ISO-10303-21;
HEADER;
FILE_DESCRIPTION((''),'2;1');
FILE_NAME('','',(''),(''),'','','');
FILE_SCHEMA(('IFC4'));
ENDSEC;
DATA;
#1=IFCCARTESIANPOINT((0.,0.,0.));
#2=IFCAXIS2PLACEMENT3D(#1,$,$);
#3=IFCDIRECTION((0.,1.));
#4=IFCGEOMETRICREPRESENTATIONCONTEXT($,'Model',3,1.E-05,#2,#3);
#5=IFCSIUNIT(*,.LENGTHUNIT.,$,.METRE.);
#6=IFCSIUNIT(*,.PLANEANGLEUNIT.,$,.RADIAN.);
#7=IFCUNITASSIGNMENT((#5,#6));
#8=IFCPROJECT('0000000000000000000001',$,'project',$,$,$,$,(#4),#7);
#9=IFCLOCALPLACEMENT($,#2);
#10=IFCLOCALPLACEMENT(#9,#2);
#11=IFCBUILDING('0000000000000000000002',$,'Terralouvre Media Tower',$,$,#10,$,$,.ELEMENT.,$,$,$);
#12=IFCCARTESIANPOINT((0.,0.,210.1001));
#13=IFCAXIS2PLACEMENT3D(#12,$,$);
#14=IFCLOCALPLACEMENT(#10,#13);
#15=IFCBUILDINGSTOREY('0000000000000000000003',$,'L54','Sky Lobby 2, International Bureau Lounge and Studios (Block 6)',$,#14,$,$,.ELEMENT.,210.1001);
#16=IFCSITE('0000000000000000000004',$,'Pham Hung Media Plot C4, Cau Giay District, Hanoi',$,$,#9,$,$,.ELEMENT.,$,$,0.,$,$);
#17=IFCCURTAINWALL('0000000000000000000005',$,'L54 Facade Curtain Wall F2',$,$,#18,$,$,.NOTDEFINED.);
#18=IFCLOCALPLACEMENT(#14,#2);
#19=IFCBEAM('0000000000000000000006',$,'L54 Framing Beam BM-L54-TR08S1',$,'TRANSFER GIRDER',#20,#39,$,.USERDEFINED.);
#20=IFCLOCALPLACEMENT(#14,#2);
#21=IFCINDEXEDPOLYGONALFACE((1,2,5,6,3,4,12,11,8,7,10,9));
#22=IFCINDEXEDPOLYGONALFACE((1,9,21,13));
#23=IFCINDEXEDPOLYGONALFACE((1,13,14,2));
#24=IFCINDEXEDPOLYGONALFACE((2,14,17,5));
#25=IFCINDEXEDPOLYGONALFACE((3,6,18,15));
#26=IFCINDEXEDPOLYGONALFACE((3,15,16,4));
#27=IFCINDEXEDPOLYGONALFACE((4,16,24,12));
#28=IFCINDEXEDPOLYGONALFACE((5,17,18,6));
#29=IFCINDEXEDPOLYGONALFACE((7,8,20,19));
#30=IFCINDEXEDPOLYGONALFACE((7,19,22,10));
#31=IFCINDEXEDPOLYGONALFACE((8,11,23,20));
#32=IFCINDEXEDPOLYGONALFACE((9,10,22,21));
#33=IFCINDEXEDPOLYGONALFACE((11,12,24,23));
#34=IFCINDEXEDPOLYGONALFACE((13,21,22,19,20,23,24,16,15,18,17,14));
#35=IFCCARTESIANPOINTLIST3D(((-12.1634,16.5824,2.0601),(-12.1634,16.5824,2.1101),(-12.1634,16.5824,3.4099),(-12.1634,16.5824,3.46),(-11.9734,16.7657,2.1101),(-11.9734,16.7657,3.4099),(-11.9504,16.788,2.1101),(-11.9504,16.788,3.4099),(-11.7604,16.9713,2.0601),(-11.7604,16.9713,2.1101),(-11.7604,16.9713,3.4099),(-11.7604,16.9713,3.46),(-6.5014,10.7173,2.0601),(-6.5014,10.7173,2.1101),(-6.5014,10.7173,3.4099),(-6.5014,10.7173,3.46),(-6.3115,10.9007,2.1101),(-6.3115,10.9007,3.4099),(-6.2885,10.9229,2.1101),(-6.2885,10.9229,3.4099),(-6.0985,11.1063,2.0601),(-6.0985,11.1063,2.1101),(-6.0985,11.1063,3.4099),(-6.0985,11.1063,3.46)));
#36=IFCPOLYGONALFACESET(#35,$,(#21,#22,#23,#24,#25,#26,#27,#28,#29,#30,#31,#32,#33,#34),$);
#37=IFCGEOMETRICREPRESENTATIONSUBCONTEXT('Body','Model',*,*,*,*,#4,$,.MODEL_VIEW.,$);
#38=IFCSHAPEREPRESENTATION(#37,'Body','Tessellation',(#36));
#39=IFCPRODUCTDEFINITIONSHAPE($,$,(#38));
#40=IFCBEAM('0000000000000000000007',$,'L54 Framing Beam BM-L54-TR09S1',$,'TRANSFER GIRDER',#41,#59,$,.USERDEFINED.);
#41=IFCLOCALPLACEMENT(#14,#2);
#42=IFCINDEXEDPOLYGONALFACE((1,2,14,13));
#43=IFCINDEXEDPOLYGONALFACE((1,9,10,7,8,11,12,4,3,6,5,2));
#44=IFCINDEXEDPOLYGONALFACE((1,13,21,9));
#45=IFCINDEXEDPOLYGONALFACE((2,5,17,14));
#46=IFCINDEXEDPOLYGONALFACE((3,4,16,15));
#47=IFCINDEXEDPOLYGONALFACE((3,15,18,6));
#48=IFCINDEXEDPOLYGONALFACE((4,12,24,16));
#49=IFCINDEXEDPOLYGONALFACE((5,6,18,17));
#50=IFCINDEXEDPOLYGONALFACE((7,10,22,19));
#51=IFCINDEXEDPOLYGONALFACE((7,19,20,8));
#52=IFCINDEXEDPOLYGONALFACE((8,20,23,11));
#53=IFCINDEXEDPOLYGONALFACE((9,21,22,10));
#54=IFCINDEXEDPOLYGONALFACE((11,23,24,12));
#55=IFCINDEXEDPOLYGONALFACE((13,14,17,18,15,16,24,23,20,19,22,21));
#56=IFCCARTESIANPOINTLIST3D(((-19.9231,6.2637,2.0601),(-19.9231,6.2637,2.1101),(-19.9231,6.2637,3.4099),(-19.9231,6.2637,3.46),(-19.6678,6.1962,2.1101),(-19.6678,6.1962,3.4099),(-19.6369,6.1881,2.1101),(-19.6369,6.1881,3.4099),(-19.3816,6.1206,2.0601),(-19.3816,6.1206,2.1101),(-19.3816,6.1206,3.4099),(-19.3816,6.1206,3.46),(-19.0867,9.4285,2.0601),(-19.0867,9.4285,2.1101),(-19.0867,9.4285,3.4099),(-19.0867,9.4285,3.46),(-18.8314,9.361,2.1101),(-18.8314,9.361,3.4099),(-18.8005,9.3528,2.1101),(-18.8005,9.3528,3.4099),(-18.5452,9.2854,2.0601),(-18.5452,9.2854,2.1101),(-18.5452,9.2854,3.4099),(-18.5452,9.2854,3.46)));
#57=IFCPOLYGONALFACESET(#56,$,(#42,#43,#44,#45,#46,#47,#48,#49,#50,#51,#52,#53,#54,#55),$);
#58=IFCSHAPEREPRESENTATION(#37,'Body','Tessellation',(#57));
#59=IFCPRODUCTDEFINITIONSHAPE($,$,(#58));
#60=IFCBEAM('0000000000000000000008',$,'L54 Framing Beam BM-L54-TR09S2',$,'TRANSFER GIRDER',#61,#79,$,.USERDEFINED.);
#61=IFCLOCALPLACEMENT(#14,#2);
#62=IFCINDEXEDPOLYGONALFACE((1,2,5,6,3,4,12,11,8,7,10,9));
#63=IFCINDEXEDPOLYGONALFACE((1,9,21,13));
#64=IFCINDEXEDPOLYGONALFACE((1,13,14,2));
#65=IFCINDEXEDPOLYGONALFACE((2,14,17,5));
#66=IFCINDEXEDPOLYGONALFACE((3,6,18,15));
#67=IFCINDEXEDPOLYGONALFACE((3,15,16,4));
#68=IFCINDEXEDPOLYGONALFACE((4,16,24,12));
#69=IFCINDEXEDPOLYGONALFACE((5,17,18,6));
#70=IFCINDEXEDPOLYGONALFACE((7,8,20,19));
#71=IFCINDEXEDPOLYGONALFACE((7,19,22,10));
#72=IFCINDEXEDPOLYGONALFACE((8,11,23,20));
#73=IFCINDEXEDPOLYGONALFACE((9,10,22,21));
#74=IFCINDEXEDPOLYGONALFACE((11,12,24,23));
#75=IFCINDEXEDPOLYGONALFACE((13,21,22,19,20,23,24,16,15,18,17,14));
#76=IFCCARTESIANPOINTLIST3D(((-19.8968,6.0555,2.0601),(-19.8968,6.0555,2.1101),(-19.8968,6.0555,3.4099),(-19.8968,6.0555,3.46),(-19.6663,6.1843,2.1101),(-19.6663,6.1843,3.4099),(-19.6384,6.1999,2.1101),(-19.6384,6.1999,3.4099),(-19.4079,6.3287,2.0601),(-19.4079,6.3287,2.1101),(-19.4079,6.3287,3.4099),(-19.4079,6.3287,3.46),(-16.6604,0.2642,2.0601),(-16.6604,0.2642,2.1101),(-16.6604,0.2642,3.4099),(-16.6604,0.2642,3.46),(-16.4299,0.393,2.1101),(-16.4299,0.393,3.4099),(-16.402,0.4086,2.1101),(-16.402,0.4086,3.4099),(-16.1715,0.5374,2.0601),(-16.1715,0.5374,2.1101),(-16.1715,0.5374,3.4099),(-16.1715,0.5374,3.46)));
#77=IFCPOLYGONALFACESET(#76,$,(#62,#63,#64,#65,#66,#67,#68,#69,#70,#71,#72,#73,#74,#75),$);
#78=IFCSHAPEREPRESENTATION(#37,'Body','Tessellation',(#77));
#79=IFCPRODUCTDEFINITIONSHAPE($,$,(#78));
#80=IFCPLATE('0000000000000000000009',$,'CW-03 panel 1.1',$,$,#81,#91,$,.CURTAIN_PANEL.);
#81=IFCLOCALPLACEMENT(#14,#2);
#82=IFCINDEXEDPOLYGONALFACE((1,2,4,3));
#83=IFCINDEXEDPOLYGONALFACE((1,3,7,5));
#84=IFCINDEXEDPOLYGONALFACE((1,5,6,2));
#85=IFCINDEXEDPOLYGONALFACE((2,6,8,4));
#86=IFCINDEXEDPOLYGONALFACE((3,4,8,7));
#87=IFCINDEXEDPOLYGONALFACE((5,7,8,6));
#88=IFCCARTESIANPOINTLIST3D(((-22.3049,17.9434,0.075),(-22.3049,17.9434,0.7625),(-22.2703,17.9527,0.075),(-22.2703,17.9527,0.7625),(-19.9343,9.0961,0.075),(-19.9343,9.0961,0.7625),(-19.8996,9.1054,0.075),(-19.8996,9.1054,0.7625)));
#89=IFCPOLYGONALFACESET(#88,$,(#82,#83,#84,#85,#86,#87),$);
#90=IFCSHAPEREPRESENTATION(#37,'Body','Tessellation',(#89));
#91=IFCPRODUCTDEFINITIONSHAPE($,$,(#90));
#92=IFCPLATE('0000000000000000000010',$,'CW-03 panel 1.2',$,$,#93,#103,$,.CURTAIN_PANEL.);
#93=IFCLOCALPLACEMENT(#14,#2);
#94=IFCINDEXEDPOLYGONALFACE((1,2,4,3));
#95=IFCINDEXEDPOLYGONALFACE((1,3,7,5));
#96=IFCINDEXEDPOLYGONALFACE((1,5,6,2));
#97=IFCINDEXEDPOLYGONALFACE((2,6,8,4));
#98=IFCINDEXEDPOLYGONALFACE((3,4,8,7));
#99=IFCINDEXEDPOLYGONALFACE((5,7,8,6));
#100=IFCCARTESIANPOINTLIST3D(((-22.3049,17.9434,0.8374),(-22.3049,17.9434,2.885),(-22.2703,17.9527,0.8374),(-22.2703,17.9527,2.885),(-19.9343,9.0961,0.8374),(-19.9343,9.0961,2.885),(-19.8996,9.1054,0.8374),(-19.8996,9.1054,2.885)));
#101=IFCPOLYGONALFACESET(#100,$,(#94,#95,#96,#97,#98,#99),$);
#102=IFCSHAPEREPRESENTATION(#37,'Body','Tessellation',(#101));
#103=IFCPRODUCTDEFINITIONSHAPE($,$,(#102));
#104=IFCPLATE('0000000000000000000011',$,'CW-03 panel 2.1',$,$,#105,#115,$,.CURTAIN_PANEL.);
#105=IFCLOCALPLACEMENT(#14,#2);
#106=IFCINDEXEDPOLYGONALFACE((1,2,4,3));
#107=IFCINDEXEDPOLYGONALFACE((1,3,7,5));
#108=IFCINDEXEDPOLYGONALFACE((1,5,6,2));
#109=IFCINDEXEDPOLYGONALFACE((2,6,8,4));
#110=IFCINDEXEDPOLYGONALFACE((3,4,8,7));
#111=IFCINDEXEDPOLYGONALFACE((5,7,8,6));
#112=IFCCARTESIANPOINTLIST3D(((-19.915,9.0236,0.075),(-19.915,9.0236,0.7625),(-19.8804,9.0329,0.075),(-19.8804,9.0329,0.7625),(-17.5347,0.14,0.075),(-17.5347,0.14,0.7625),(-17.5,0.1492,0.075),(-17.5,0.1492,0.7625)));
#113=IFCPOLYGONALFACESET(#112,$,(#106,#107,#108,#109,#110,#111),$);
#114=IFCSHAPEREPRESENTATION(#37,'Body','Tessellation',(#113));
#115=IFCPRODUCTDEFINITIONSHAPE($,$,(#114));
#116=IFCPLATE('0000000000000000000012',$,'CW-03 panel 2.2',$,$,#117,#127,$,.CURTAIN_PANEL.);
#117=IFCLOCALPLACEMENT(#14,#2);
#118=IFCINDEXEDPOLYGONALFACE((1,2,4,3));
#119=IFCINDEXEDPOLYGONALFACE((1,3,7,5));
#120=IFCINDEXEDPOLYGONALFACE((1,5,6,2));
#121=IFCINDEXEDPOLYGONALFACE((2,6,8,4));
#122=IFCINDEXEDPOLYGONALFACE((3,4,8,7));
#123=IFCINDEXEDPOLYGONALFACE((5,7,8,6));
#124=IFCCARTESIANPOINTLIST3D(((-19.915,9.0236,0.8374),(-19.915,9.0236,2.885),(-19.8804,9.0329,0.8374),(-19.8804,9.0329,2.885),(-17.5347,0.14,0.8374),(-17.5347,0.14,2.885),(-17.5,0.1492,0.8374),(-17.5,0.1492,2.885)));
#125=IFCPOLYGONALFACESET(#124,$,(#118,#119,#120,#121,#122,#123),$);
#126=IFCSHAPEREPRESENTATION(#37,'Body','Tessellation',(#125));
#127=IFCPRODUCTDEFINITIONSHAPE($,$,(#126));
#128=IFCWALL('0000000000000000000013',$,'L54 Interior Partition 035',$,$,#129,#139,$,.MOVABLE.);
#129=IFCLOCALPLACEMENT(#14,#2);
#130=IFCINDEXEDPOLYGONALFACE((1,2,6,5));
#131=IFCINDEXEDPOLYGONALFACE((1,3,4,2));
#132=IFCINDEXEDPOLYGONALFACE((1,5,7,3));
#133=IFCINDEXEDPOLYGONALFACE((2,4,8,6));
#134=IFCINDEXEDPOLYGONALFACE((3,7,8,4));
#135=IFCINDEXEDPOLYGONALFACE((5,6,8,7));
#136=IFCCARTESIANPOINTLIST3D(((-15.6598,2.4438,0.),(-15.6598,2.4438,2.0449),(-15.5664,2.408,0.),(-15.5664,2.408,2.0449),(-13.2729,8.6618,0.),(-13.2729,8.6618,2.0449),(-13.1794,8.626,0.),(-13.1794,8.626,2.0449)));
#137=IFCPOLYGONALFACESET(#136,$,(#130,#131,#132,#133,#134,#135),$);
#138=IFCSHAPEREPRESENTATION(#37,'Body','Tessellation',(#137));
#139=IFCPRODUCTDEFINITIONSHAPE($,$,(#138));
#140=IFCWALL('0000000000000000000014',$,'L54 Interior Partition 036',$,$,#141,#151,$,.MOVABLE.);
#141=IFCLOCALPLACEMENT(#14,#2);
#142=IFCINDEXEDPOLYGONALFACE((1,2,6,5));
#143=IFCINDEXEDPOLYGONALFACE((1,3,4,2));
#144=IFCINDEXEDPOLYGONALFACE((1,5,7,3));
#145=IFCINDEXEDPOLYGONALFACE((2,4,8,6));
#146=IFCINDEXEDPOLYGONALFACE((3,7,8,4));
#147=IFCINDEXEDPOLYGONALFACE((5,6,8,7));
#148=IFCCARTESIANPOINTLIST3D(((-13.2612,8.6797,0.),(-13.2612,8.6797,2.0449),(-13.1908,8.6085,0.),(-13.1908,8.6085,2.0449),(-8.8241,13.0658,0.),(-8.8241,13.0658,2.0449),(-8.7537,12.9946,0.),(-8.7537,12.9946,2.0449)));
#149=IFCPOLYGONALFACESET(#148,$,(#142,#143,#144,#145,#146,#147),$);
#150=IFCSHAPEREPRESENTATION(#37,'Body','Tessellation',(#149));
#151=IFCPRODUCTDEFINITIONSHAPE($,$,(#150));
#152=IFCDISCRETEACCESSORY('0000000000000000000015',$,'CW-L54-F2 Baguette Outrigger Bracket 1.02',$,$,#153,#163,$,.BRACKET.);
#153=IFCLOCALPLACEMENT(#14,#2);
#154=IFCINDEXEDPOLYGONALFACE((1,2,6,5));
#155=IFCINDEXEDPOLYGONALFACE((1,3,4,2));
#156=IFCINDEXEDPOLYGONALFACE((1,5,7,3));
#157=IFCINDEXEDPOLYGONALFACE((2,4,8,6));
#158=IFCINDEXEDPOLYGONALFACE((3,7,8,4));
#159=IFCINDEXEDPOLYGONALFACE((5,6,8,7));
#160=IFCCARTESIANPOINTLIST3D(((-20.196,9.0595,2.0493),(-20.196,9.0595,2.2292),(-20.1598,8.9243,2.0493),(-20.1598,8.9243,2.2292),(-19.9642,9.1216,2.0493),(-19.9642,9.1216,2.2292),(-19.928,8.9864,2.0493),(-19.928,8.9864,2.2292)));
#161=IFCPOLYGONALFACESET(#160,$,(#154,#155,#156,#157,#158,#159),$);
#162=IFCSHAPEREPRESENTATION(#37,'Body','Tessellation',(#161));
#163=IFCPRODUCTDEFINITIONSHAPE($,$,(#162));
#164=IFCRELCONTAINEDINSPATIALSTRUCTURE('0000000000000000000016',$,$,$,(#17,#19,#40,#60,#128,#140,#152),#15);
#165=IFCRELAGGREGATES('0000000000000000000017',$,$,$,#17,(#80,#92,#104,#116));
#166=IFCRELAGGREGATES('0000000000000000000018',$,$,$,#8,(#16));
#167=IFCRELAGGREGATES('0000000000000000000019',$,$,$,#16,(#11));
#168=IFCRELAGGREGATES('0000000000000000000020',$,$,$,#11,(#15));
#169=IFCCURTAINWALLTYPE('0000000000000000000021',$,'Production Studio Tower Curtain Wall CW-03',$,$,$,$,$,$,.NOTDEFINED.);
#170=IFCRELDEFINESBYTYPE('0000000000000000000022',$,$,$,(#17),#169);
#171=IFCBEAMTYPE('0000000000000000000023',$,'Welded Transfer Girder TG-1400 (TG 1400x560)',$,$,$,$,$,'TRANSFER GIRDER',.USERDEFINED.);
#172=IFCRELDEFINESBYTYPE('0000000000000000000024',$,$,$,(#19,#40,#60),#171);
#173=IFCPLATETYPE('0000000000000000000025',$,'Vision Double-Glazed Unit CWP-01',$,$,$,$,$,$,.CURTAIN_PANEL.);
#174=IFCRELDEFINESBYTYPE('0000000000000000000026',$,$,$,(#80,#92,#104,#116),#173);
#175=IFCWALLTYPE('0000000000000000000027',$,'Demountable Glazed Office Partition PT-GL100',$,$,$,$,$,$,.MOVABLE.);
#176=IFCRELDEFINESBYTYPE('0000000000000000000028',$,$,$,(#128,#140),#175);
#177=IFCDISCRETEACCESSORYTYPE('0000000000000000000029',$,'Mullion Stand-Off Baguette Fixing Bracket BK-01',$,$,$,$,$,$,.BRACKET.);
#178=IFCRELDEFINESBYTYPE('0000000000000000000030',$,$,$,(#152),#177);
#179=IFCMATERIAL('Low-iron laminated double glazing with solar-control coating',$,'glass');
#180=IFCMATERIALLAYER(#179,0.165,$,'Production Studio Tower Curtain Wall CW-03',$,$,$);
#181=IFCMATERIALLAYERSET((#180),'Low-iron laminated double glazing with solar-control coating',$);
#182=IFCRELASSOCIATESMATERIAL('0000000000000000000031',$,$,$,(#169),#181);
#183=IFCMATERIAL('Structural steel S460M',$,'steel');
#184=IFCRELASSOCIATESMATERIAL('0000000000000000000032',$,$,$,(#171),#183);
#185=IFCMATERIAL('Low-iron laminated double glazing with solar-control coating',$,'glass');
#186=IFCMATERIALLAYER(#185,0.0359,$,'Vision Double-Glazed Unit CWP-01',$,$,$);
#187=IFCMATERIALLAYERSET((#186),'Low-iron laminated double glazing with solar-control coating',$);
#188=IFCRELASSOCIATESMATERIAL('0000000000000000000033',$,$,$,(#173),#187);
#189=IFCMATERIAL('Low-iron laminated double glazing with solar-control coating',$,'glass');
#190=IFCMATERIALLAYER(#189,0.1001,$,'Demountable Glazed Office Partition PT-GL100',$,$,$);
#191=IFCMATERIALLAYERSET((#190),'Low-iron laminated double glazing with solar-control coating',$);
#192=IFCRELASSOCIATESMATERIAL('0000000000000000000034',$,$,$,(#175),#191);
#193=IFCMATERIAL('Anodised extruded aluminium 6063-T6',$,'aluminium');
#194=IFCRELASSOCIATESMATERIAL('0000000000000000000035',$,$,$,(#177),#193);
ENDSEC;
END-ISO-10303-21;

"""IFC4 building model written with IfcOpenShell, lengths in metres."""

from ifc_helpers import new_model, si_unit, direction, frame, frame_2d, origin, origin_2d, place, context, subcontext, project, spatial, rectangle, i_section, extrude, material, layer, layer_set, material_profile, profile_set, type_object, element, aggregate, save


model = new_model("IFC4")

# Units and contexts
model_context = context("Model", 3, precision=1e-05, world=origin(), true_north=direction((0.0, 1.0)))
body_context = subcontext(model_context, "Body", "Model", "MODEL_VIEW")
ifc_project = project(units=[si_unit("LENGTHUNIT", "METRE"), si_unit("PLANEANGLEUNIT", "RADIAN")], contexts=[model_context])

# Site, building, storey
site_placement = place(None, origin())
site = spatial("IfcSite", under=ifc_project, at=site_placement, Name="Pham Hung Media Plot C4, Cau Giay District, Hanoi", CompositionType="ELEMENT", RefElevation=0.0)
building_placement = place(site_placement, origin())
building = spatial("IfcBuilding", under=site, at=building_placement, Name="Terralouvre Media Tower", CompositionType="ELEMENT")
storey_placement = place(building_placement, frame((0.0, 0.0, 210.1001)))
storey = spatial("IfcBuildingStorey", under=building, at=storey_placement, Name="L54", Description="Sky Lobby 2, International Bureau Lounge and Studios (Block 6)", CompositionType="ELEMENT", Elevation=210.1001)

# Curtain wall
ifc_material_1 = material(Name="Low-iron laminated double glazing with solar-control coating", Category="glass")
ifc_layer_1 = layer(ifc_material_1, 0.165, Name="Production Studio Tower Curtain Wall CW-03")
ifc_layer_set_1 = layer_set([ifc_layer_1], Name="Low-iron laminated double glazing with solar-control coating")
curtain_wall_type = type_object("IfcCurtainWallType", Name="Production Studio Tower Curtain Wall CW-03", PredefinedType="NOTDEFINED", material=ifc_layer_set_1)
curtain_wall_placement = place(storey_placement, origin())
curtain_wall = element("IfcCurtainWall", 1, at=curtain_wall_placement, inside=storey, type_object=curtain_wall_type, Name="L54 Facade Curtain Wall F2", PredefinedType="NOTDEFINED")

# Beams
ifc_material_2 = material(Name="Structural steel S460M", Category="steel")
ifc_material_profile_1 = material_profile(ifc_material_2, i_section(OverallWidth=0.5601, OverallDepth=1.3999, WebThickness=0.032, FlangeThickness=0.05, at=origin_2d()), Name="TG 1400x560")
ifc_profile_set_1 = profile_set([ifc_material_profile_1], Name="Structural steel S460M")
beam_type_1 = type_object("IfcBeamType", Name="Welded Transfer Girder TG-1400 (TG 1400x560)", ElementType="TRANSFER GIRDER", PredefinedType="USERDEFINED", material=ifc_profile_set_1)
beam_1_placement = place(storey_placement, frame((-11.9619, 16.7769, 2.76), z_axis=(0.694538, -0.719456, 0.0), x_axis=(0.719456, 0.694538, 0.0)))
element("IfcBeam", 2, at=beam_1_placement, inside=storey, type_object=beam_type_1, Name="L54 Framing Beam BM-L54-TR08S1", ObjectType="TRANSFER GIRDER", PredefinedType="USERDEFINED", context=body_context, shape_type="SweptSolid", body=[
    extrude(i_section(OverallWidth=0.5601, OverallDepth=1.3999, WebThickness=0.032, FlangeThickness=0.05, at=origin_2d()), origin(), (0.0, 0.0, 1.0), 8.1521),
])
beam_2_placement = place(storey_placement, frame((-19.6523, 6.1921, 2.76), z_axis=(0.255517, 0.966804, 0.0), x_axis=(-0.966804, 0.255517, 0.0)))
element("IfcBeam", 3, at=beam_2_placement, inside=storey, type_object=beam_type_1, Name="L54 Framing Beam BM-L54-TR09S1", ObjectType="TRANSFER GIRDER", PredefinedType="USERDEFINED", context=body_context, shape_type="SweptSolid", body=[
    extrude(i_section(OverallWidth=0.5601, OverallDepth=1.3999, WebThickness=0.032, FlangeThickness=0.05, at=origin_2d()), origin(), (0.0, 0.0, 1.0), 3.2734),
])
beam_3_placement = place(storey_placement, frame((-19.6523, 6.1921, 2.76), z_axis=(0.487825, -0.872941, 0.0), x_axis=(0.872941, 0.487825, 0.0)))
element("IfcBeam", 4, at=beam_3_placement, inside=storey, type_object=beam_type_1, Name="L54 Framing Beam BM-L54-TR09S2", ObjectType="TRANSFER GIRDER", PredefinedType="USERDEFINED", context=body_context, shape_type="SweptSolid", body=[
    extrude(i_section(OverallWidth=0.5601, OverallDepth=1.3999, WebThickness=0.032, FlangeThickness=0.05, at=origin_2d()), origin(), (0.0, 0.0, 1.0), 6.6343),
])

# Plates
ifc_material_3 = material(Name="Low-iron laminated double glazing with solar-control coating", Category="glass")
ifc_layer_2 = layer(ifc_material_3, 0.0359, Name="Vision Double-Glazed Unit CWP-01")
ifc_layer_set_2 = layer_set([ifc_layer_2], Name="Low-iron laminated double glazing with solar-control coating")
plate_type = type_object("IfcPlateType", Name="Vision Double-Glazed Unit CWP-01", PredefinedType="CURTAIN_PANEL", material=ifc_layer_set_2)
plate_1_placement = place(storey_placement, frame((-21.1023, 13.5244, 0.075), z_axis=(0.0, 0.0, 1.0), x_axis=(0.258819, -0.965926, 0.0)))
plate_1 = element("IfcPlate", 5, at=plate_1_placement, type_object=plate_type, Name="CW-03 panel 1.1", PredefinedType="CURTAIN_PANEL", context=body_context, shape_type="SweptSolid", body=[
    extrude(rectangle(XDim=9.1594, YDim=0.0359, at=origin_2d()), origin(), (0.0, 0.0, 1.0), 0.6875),
])
plate_2_placement = place(storey_placement, frame((-21.1023, 13.5244, 0.8374), z_axis=(0.0, 0.0, 1.0), x_axis=(0.258819, -0.965926, 0.0)))
plate_2 = element("IfcPlate", 6, at=plate_2_placement, type_object=plate_type, Name="CW-03 panel 1.2", PredefinedType="CURTAIN_PANEL", context=body_context, shape_type="SweptSolid", body=[
    extrude(rectangle(XDim=9.1594, YDim=0.0359, at=origin_2d()), origin(), (0.0, 0.0, 1.0), 2.0476),
])
plate_3_placement = place(storey_placement, frame((-18.7075, 4.5864, 0.075), z_axis=(0.0, 0.0, 1.0), x_axis=(0.258819, -0.965926, 0.0)))
plate_3 = element("IfcPlate", 7, at=plate_3_placement, type_object=plate_type, Name="CW-03 panel 2.1", PredefinedType="CURTAIN_PANEL", context=body_context, shape_type="SweptSolid", body=[
    extrude(rectangle(XDim=9.197, YDim=0.0359, at=origin_2d()), origin(), (0.0, 0.0, 1.0), 0.6875),
])
plate_4_placement = place(storey_placement, frame((-18.7075, 4.5864, 0.8374), z_axis=(0.0, 0.0, 1.0), x_axis=(0.258819, -0.965926, 0.0)))
plate_4 = element("IfcPlate", 8, at=plate_4_placement, type_object=plate_type, Name="CW-03 panel 2.2", PredefinedType="CURTAIN_PANEL", context=body_context, shape_type="SweptSolid", body=[
    extrude(rectangle(XDim=9.197, YDim=0.0359, at=origin_2d()), origin(), (0.0, 0.0, 1.0), 2.0476),
])
aggregate(curtain_wall, [plate_1, plate_2, plate_3, plate_4])

# Walls
ifc_material_4 = material(Name="Low-iron laminated double glazing with solar-control coating", Category="glass")
ifc_layer_3 = layer(ifc_material_4, 0.1001, Name="Demountable Glazed Office Partition PT-GL100")
ifc_layer_set_3 = layer_set([ifc_layer_3], Name="Low-iron laminated double glazing with solar-control coating")
wall_type = type_object("IfcWallType", Name="Demountable Glazed Office Partition PT-GL100", PredefinedType="MOVABLE", material=ifc_layer_set_3)
wall_1_placement = place(storey_placement, frame((-15.613, 2.426, 0.0), z_axis=(0.0, 0.0, 1.0), x_axis=(0.35838, 0.933576, 0.0)))
element("IfcWall", 9, at=wall_1_placement, inside=storey, type_object=wall_type, Name="L54 Interior Partition 035", PredefinedType="MOVABLE", context=body_context, shape_type="SweptSolid", body=[
    extrude(rectangle(XDim=6.6604, YDim=0.1001, at=frame_2d((3.3301, 0.0))), origin(), (0.0, 0.0, 1.0), 2.0449),
])
wall_2_placement = place(storey_placement, frame((-13.2261, 8.644, 0.0), z_axis=(0.0, 0.0, 1.0), x_axis=(0.711184, 0.703006, 0.0)))
element("IfcWall", 10, at=wall_2_placement, inside=storey, type_object=wall_type, Name="L54 Interior Partition 036", PredefinedType="MOVABLE", context=body_context, shape_type="SweptSolid", body=[
    extrude(rectangle(XDim=6.239, YDim=0.1001, at=frame_2d((3.1196, 0.0))), origin(), (0.0, 0.0, 1.0), 2.0449),
])

# Discrete accessory
ifc_material_5 = material(Name="Anodised extruded aluminium 6063-T6", Category="aluminium")
discrete_accessory_type = type_object("IfcDiscreteAccessoryType", Name="Mullion Stand-Off Baguette Fixing Bracket BK-01", PredefinedType="BRACKET", material=ifc_material_5)
discrete_accessory_placement = place(storey_placement, frame((-20.062, 9.0229, 2.0493), z_axis=(0.0, 0.0, 1.0), x_axis=(0.258819, -0.965926, 0.0)))
element("IfcDiscreteAccessory", 11, at=discrete_accessory_placement, inside=storey, type_object=discrete_accessory_type, Name="CW-L54-F2 Baguette Outrigger Bracket 1.02", PredefinedType="BRACKET", context=body_context, shape_type="SweptSolid", body=[
    extrude(rectangle(XDim=0.1399, YDim=0.24, at=origin_2d()), origin(), (0.0, 0.0, 1.0), 0.1799),
])

save(model, "model.ifc")
